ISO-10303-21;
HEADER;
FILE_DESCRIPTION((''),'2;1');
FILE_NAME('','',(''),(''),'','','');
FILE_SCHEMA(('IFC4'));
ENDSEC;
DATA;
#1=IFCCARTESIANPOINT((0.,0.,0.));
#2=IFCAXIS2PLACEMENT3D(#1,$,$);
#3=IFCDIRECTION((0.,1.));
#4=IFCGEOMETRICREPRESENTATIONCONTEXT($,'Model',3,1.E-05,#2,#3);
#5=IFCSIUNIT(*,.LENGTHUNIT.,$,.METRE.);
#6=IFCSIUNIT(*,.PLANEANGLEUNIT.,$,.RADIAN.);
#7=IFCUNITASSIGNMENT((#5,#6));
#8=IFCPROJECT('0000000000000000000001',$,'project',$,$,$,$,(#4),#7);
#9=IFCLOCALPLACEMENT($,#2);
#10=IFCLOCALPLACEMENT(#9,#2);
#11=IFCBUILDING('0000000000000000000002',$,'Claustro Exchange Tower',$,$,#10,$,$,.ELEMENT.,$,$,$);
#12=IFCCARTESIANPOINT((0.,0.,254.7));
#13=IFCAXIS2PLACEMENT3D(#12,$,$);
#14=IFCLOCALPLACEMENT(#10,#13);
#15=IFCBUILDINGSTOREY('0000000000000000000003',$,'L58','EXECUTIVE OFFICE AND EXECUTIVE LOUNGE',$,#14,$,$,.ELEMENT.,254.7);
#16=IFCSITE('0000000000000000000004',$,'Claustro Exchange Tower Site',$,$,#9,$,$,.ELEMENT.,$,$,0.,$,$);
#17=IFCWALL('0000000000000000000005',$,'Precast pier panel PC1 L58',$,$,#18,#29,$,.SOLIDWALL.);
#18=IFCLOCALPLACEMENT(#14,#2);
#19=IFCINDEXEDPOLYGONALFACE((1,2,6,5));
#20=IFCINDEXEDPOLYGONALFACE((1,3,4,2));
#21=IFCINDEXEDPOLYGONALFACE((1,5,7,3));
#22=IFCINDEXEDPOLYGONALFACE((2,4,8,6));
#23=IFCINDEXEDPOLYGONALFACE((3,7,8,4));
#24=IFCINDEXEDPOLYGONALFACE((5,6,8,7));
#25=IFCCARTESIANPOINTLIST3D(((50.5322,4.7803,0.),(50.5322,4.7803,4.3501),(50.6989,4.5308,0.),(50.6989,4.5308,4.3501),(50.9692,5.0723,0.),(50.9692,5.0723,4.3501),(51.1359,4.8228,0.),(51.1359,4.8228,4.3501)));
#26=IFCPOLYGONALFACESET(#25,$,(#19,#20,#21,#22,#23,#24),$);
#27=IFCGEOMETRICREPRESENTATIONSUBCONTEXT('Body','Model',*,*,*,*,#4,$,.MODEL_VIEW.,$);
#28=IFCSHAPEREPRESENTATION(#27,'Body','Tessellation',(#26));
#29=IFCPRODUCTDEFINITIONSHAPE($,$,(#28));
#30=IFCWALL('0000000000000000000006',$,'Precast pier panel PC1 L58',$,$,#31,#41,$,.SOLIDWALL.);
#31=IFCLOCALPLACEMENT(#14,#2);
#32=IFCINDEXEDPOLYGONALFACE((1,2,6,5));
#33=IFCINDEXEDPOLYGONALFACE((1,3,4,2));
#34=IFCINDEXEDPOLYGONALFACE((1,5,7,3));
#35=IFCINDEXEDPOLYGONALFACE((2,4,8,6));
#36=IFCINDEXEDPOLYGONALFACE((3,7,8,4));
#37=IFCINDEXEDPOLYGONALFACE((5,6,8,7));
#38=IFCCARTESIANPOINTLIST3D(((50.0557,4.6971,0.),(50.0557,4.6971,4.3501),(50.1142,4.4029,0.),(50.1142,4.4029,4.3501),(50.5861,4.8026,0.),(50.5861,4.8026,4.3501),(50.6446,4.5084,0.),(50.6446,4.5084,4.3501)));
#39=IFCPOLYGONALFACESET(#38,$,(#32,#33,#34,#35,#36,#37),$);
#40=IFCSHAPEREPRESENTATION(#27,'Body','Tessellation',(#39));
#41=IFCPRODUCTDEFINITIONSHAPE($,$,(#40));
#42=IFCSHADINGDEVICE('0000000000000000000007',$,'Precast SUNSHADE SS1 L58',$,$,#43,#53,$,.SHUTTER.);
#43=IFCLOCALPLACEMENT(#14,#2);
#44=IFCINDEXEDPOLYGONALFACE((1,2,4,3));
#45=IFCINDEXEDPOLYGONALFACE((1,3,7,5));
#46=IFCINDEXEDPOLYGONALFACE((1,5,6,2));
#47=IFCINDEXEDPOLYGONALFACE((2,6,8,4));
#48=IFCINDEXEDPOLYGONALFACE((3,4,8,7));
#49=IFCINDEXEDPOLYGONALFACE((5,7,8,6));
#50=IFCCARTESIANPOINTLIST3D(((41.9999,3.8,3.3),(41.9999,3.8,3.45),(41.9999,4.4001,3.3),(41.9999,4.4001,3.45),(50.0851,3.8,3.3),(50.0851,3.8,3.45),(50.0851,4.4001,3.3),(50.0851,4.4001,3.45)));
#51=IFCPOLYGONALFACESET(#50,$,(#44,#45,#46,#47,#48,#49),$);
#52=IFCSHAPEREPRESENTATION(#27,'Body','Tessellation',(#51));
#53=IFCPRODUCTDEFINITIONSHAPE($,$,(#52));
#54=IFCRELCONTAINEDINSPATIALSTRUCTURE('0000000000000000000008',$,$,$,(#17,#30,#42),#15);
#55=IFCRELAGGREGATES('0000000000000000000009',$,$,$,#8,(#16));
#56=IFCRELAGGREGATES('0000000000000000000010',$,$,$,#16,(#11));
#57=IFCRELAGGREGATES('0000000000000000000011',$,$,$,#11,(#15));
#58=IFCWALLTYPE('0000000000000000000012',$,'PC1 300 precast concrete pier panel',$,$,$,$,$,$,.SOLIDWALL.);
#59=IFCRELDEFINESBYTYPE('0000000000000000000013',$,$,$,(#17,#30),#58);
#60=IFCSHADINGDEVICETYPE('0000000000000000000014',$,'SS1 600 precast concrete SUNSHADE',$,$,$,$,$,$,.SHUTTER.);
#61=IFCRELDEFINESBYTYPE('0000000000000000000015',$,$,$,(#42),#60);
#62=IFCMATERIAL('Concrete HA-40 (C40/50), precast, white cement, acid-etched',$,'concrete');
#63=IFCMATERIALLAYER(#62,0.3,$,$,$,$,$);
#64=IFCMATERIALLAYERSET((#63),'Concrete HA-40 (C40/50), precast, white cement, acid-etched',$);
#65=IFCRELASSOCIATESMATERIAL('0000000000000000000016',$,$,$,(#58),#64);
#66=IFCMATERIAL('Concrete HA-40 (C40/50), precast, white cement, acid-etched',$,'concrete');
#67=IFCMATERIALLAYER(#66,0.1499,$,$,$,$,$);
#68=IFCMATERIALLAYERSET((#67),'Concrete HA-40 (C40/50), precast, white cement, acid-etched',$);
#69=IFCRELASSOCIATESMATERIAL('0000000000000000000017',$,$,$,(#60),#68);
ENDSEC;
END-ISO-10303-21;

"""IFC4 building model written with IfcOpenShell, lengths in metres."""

from ifc_helpers import new_model, si_unit, direction, frame, frame_2d, origin, origin_2d, place, context, subcontext, project, spatial, rectangle, extrude, material, layer, layer_set, type_object, element, save


model = new_model("IFC4")

# Units and contexts
model_context = context("Model", 3, precision=1e-05, world=origin(), true_north=direction((0.0, 1.0)))
body_context = subcontext(model_context, "Body", "Model", "MODEL_VIEW")
ifc_project = project(units=[si_unit("LENGTHUNIT", "METRE"), si_unit("PLANEANGLEUNIT", "RADIAN")], contexts=[model_context])

# Site, building, storey
site_placement = place(None, origin())
site = spatial("IfcSite", under=ifc_project, at=site_placement, Name="Claustro Exchange Tower Site", CompositionType="ELEMENT", RefElevation=0.0)
building_placement = place(site_placement, origin())
building = spatial("IfcBuilding", under=site, at=building_placement, Name="Claustro Exchange Tower", CompositionType="ELEMENT")
storey_placement = place(building_placement, frame((0.0, 0.0, 254.7)))
storey = spatial("IfcBuildingStorey", under=building, at=storey_placement, Name="L58", Description="EXECUTIVE OFFICE AND EXECUTIVE LOUNGE", CompositionType="ELEMENT", Elevation=254.7)

# Shared definitions
ifc_material_1 = material(Name="Concrete HA-40 (C40/50), precast, white cement, acid-etched", Category="concrete")
ifc_layer_1 = layer(ifc_material_1, 0.3)
ifc_layer_set_1 = layer_set([ifc_layer_1], Name="Concrete HA-40 (C40/50), precast, white cement, acid-etched")
wall_type_1 = type_object("IfcWallType", Name="PC1 300 precast concrete pier panel", PredefinedType="SOLIDWALL", material=ifc_layer_set_1)

# Walls
for number, where, z_axis, x_axis, name in (
    (1, (51.0525, 4.9475, 0.0), (0.0, 0.0, 1.0), (-0.831478, -0.555557, 0.0), "Precast pier panel PC1 L58"),
):
    element("IfcWall", number, at=place(storey_placement, frame(where, z_axis=z_axis, x_axis=x_axis)), inside=storey, type_object=wall_type_1, Name=name, PredefinedType="SOLIDWALL", context=body_context, shape_type="SweptSolid", body=[
        extrude(rectangle(XDim=0.5256, YDim=0.3, at=frame_2d((0.2627, 0.0))), origin(), (0.0, 0.0, 1.0), 4.3501),
    ])
wall_1_placement = place(storey_placement, frame((50.6155, 4.6555, 0.0), z_axis=(0.0, 0.0, 1.0), x_axis=(-0.980789, -0.195074, 0.0)))
element("IfcWall", 2, at=wall_1_placement, inside=storey, type_object=wall_type_1, Name="Precast pier panel PC1 L58", PredefinedType="SOLIDWALL", context=body_context, shape_type="SweptSolid", body=[
    extrude(rectangle(XDim=0.5408, YDim=0.3, at=frame_2d((0.2705, 0.0))), origin(), (0.0, 0.0, 1.0), 4.3501),
])

# Shading device
ifc_material_2 = material(Name="Concrete HA-40 (C40/50), precast, white cement, acid-etched", Category="concrete")
ifc_layer_2 = layer(ifc_material_2, 0.1499)
ifc_layer_set_2 = layer_set([ifc_layer_2], Name="Concrete HA-40 (C40/50), precast, white cement, acid-etched")
shading_device_type = type_object("IfcShadingDeviceType", Name="SS1 600 precast concrete SUNSHADE", PredefinedType="SHUTTER", material=ifc_layer_set_2)
shading_device_placement = place(storey_placement, frame((46.0425, 4.1001, 3.3), z_axis=(0.0, 0.0, 1.0), x_axis=(-1.0, 0.0, 0.0)))
element("IfcShadingDevice", 3, at=shading_device_placement, inside=storey, type_object=shading_device_type, Name="Precast SUNSHADE SS1 L58", PredefinedType="SHUTTER", context=body_context, shape_type="SweptSolid", body=[
    extrude(rectangle(XDim=8.0852, YDim=0.6001, at=origin_2d()), origin(), (0.0, 0.0, 1.0), 0.1499),
])

save(model, "model.ifc")
